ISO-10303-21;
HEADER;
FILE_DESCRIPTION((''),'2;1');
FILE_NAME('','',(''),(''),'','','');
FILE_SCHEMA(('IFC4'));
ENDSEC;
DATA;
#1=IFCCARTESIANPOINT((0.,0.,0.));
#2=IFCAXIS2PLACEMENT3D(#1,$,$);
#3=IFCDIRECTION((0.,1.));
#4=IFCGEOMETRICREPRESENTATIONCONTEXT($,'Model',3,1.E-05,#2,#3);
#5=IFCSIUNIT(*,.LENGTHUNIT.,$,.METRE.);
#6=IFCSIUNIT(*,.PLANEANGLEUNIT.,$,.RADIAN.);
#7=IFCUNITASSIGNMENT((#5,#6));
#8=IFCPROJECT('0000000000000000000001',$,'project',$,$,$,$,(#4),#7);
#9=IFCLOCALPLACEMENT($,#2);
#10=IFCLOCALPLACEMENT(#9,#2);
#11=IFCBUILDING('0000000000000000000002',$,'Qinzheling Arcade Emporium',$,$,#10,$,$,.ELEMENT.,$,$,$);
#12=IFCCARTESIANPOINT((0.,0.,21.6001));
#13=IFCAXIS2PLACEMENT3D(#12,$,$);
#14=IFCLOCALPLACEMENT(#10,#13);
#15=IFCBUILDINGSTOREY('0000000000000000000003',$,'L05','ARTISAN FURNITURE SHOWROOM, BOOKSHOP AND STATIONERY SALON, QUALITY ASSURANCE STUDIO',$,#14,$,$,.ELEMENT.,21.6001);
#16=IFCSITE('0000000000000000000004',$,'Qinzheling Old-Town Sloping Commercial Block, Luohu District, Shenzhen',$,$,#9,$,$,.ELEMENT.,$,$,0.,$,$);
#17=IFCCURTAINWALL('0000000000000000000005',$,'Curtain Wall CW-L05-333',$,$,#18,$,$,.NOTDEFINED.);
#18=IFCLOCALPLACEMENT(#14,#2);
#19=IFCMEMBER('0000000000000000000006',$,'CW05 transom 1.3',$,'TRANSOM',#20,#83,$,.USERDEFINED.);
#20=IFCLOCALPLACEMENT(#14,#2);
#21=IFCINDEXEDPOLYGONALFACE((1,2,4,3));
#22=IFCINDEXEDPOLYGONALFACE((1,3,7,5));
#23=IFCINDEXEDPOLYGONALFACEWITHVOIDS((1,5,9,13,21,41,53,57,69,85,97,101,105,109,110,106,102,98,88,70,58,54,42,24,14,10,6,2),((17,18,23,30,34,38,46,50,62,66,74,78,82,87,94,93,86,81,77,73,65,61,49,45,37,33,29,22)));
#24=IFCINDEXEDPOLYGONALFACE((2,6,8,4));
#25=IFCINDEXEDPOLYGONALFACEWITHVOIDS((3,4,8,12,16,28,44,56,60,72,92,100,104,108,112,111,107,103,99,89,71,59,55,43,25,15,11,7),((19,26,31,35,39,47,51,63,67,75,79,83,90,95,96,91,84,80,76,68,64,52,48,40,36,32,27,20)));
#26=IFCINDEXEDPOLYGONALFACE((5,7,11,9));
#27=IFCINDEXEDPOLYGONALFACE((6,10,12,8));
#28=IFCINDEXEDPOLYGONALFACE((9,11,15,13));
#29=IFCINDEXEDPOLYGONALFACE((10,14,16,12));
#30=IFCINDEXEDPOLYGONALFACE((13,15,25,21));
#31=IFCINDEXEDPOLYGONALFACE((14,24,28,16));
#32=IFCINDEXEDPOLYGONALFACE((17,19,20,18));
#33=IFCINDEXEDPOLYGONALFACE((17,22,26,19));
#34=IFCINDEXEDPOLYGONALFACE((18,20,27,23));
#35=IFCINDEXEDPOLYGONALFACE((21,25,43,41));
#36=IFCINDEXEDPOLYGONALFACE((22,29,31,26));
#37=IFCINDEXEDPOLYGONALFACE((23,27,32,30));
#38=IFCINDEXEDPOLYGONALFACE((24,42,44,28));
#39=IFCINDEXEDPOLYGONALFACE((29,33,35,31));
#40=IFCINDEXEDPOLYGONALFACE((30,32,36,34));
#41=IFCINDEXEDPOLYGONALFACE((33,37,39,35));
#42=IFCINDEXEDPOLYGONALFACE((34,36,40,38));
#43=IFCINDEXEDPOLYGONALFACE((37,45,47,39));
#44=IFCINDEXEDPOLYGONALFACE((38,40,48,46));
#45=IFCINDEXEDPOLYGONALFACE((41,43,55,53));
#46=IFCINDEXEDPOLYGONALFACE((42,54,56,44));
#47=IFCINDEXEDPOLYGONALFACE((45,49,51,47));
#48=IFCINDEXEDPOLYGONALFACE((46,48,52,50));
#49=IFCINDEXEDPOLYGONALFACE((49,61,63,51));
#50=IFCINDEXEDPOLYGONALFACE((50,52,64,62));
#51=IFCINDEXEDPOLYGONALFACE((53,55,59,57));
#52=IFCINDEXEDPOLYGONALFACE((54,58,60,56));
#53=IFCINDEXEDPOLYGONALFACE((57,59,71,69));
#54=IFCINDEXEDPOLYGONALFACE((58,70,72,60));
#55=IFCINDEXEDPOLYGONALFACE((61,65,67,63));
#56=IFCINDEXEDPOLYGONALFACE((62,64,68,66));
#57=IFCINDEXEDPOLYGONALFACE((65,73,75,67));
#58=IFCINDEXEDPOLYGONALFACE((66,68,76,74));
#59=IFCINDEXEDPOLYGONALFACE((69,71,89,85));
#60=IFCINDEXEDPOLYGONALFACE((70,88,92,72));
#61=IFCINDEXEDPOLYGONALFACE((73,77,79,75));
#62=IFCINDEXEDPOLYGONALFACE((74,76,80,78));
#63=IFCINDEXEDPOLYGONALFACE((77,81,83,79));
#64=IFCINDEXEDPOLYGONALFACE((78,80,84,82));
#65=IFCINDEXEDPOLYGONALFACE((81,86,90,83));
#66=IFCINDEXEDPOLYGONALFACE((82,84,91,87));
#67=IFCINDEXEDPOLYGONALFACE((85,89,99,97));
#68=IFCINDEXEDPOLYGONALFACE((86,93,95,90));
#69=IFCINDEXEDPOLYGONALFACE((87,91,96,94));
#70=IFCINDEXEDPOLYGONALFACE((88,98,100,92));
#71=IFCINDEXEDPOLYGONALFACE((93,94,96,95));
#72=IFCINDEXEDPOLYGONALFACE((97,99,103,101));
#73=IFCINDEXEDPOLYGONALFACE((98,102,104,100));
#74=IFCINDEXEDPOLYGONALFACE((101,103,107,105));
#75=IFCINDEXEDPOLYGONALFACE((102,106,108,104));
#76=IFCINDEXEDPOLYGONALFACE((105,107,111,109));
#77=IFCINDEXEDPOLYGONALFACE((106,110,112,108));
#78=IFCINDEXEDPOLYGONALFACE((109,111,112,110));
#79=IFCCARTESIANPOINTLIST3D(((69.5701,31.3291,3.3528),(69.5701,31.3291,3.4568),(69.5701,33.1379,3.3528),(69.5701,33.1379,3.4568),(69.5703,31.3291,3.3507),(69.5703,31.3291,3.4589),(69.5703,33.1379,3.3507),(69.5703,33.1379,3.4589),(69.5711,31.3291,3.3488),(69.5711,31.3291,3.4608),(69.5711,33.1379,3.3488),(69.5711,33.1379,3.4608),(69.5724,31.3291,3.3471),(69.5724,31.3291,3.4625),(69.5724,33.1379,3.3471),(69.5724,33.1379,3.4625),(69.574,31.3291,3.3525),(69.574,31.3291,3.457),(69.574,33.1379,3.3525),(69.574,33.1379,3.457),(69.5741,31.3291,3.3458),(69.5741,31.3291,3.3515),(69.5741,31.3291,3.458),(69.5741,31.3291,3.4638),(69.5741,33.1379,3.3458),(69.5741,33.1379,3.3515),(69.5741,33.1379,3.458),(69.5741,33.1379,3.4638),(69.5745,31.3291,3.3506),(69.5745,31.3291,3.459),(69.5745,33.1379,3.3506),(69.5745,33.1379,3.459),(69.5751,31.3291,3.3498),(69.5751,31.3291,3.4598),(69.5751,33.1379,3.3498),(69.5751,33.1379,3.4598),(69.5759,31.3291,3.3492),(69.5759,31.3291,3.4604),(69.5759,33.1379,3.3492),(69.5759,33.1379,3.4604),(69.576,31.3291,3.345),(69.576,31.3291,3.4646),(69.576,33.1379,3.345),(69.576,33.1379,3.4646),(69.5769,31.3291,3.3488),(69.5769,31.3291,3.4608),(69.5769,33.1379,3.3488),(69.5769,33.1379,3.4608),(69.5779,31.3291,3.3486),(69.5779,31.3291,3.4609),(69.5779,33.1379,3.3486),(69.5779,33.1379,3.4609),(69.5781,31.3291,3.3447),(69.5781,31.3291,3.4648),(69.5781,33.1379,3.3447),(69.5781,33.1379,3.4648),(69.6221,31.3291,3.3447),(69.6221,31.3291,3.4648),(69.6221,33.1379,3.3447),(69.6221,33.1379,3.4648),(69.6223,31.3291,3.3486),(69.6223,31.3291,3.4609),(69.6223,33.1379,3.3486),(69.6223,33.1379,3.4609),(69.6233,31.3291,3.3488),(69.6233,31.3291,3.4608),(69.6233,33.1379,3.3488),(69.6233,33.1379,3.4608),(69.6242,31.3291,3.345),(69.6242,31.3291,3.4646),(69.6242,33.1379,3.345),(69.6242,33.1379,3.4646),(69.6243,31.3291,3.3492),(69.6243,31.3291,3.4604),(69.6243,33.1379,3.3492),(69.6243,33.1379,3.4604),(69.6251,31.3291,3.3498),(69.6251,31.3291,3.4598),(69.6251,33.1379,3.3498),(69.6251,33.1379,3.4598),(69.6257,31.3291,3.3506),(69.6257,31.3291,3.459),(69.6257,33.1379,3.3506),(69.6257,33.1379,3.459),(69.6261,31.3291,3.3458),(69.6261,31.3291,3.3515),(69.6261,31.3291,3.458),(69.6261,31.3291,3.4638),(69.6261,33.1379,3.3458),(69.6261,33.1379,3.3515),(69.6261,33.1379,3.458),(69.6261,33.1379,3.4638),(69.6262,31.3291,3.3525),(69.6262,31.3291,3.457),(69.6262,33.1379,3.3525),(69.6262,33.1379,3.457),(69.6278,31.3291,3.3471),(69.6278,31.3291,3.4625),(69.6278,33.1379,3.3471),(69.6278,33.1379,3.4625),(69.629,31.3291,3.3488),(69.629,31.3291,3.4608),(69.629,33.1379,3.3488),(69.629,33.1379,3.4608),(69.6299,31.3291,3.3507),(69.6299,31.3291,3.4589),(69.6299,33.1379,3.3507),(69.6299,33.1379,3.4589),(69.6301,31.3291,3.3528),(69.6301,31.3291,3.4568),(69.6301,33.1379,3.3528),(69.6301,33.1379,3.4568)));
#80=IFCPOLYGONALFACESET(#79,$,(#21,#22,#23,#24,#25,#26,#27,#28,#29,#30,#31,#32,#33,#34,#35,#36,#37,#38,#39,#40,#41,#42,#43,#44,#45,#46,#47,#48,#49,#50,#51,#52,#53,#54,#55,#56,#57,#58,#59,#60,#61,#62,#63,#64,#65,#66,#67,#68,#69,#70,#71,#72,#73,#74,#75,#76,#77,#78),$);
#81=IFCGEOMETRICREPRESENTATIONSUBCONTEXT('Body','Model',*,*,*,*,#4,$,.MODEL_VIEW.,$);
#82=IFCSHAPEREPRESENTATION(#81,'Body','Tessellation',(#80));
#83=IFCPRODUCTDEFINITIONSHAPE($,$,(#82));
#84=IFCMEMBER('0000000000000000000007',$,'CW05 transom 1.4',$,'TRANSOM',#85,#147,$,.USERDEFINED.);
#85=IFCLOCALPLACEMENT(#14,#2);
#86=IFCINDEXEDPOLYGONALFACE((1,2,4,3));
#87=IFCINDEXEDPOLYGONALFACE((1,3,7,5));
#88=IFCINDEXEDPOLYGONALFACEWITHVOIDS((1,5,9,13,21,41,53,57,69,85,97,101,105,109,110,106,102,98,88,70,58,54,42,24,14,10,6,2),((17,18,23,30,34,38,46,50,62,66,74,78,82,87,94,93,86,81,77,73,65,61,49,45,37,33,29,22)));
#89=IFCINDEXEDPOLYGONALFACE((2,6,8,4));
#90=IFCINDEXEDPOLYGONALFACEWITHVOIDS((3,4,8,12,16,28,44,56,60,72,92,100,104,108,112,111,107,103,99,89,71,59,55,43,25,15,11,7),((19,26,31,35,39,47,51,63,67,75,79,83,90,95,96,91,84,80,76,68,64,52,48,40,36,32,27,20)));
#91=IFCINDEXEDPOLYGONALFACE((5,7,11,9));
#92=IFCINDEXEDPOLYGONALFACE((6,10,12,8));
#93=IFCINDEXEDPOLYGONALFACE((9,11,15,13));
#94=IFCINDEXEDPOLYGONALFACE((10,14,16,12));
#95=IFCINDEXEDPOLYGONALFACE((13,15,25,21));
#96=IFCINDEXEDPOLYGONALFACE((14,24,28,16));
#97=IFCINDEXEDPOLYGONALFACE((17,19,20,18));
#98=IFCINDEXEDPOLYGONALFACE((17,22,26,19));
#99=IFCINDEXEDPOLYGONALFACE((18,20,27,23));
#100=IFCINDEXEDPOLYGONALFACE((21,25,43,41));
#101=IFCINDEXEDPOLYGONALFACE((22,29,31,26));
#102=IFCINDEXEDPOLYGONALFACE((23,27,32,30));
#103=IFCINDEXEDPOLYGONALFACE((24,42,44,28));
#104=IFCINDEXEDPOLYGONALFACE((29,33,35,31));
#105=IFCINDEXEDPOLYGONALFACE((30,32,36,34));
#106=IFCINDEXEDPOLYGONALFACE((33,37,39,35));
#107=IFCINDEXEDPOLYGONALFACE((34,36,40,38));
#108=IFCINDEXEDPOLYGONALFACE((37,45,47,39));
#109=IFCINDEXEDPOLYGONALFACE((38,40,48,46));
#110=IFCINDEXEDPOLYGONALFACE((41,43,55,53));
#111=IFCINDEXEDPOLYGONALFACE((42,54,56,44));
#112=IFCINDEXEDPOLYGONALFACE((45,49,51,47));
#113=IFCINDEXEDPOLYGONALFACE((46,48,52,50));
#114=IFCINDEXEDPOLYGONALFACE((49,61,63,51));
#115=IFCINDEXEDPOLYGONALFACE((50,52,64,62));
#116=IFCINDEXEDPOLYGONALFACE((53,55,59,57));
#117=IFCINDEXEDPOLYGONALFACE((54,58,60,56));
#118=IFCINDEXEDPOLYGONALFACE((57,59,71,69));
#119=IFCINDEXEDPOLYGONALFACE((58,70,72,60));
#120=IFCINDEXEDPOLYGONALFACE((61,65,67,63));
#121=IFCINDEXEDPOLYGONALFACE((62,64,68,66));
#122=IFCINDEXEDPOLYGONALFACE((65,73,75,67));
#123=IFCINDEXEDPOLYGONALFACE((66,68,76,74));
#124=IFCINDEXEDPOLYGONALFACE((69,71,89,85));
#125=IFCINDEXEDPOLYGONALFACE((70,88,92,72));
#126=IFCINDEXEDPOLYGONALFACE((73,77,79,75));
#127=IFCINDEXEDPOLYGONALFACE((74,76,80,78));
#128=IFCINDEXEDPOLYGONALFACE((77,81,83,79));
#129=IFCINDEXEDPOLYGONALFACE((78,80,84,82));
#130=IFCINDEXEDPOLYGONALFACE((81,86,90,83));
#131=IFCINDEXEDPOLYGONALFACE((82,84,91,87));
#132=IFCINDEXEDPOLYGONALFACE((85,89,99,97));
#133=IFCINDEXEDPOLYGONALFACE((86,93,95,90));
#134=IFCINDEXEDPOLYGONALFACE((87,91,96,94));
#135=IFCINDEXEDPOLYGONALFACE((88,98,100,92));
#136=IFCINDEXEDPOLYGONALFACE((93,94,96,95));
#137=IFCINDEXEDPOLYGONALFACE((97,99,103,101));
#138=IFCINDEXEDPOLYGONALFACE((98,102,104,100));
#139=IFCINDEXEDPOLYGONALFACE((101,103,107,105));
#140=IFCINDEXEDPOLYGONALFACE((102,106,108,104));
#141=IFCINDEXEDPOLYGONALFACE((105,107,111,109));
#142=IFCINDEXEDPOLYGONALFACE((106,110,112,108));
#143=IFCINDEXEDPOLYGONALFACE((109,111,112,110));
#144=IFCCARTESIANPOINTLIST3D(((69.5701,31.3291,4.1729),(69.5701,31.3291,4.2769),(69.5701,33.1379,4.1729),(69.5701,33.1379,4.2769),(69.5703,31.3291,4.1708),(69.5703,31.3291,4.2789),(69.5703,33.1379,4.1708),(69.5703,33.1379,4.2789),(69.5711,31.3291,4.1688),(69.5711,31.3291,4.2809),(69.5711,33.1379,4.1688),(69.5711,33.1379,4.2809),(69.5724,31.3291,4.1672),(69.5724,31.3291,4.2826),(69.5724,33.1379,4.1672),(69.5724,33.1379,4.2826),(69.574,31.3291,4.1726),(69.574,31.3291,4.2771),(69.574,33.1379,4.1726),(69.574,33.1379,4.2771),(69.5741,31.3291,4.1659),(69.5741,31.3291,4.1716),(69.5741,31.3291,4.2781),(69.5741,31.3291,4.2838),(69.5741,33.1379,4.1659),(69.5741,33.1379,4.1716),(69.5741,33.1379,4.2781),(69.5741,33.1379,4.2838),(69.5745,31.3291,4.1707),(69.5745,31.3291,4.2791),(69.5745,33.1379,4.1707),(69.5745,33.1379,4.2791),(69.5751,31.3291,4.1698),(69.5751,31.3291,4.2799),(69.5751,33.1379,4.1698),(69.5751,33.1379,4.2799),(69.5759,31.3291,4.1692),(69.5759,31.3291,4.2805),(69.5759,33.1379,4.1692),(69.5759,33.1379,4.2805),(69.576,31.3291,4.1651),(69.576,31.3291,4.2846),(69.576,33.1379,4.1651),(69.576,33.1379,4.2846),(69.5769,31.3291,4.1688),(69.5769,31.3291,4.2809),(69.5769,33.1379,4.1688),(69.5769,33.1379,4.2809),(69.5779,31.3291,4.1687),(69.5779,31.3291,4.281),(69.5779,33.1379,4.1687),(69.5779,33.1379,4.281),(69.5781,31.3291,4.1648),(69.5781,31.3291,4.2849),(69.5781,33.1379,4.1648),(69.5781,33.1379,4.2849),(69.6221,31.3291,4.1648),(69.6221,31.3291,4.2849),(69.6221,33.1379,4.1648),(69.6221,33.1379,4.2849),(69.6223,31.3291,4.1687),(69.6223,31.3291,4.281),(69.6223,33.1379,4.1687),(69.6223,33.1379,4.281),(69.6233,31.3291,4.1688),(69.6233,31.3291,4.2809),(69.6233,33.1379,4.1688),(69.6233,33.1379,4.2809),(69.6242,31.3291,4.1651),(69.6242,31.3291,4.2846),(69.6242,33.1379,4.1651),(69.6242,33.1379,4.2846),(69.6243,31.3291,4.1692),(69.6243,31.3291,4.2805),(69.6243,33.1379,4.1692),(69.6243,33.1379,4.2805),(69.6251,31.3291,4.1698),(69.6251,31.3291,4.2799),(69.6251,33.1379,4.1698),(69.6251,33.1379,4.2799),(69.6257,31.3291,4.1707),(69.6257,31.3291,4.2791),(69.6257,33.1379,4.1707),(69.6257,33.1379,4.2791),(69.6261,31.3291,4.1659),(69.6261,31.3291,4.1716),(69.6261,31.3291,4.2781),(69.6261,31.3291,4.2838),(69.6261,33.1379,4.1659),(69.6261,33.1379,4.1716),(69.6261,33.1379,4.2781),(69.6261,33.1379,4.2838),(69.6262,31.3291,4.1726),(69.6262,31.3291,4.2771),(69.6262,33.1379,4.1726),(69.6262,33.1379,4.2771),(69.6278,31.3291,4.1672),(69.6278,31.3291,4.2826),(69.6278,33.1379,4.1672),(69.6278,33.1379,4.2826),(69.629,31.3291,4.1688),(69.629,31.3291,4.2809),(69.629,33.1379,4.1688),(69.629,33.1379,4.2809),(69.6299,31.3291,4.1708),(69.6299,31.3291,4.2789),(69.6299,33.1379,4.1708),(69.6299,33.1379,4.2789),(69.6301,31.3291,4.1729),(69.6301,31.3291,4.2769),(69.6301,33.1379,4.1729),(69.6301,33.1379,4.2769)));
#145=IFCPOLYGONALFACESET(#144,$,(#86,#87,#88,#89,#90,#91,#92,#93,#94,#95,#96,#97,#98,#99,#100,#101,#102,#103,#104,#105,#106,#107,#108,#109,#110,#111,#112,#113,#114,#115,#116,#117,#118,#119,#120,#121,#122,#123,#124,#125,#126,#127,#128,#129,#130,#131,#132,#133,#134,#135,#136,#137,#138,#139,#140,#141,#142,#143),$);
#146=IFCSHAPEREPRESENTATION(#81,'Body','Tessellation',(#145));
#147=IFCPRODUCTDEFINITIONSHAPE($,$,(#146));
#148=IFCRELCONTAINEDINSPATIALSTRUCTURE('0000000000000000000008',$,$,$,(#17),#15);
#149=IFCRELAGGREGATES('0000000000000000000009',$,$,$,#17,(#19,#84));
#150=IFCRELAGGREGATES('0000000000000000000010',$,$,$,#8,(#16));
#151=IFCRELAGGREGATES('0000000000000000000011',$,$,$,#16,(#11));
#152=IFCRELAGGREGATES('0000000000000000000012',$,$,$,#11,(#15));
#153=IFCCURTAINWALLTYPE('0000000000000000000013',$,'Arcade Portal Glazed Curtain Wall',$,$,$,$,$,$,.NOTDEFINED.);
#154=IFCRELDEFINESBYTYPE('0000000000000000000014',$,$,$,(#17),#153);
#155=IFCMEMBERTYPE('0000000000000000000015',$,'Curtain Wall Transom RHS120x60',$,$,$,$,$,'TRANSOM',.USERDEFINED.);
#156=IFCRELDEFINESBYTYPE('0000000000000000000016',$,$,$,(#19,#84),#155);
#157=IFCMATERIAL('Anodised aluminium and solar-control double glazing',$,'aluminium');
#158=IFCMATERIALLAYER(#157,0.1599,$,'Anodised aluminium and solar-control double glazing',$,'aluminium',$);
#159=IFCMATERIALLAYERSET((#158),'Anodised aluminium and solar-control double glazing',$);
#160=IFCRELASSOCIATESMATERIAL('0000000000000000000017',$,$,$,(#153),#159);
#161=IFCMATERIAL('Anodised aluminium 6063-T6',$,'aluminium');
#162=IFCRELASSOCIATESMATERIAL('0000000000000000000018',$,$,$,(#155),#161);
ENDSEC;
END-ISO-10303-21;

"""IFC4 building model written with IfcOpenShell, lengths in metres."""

from ifc_helpers import new_model, si_unit, direction, frame, origin, origin_2d, place, context, subcontext, project, spatial, hollow_rectangle, extrude, material, layer, layer_set, material_profile, profile_set, type_object, element, aggregate, save


model = new_model("IFC4")

# Units and contexts
model_context = context("Model", 3, precision=1e-05, world=origin(), true_north=direction((0.0, 1.0)))
body_context = subcontext(model_context, "Body", "Model", "MODEL_VIEW")
ifc_project = project(units=[si_unit("LENGTHUNIT", "METRE"), si_unit("PLANEANGLEUNIT", "RADIAN")], contexts=[model_context])

# Site, building, storey
site_placement = place(None, origin())
site = spatial("IfcSite", under=ifc_project, at=site_placement, Name="Qinzheling Old-Town Sloping Commercial Block, Luohu District, Shenzhen", CompositionType="ELEMENT", RefElevation=0.0)
building_placement = place(site_placement, origin())
building = spatial("IfcBuilding", under=site, at=building_placement, Name="Qinzheling Arcade Emporium", CompositionType="ELEMENT")
storey_placement = place(building_placement, frame((0.0, 0.0, 21.6001)))
storey = spatial("IfcBuildingStorey", under=building, at=storey_placement, Name="L05", Description="ARTISAN FURNITURE SHOWROOM, BOOKSHOP AND STATIONERY SALON, QUALITY ASSURANCE STUDIO", CompositionType="ELEMENT", Elevation=21.6001)

# Curtain wall, members
ifc_material_1 = material(Name="Anodised aluminium and solar-control double glazing", Category="aluminium")
ifc_layer_1 = layer(ifc_material_1, 0.1599, Name="Anodised aluminium and solar-control double glazing", Category="aluminium")
ifc_layer_set_1 = layer_set([ifc_layer_1], Name="Anodised aluminium and solar-control double glazing")
curtain_wall_type = type_object("IfcCurtainWallType", Name="Arcade Portal Glazed Curtain Wall", PredefinedType="NOTDEFINED", material=ifc_layer_set_1)
curtain_wall_placement = place(storey_placement, origin())
curtain_wall = element("IfcCurtainWall", 1, at=curtain_wall_placement, inside=storey, type_object=curtain_wall_type, Name="Curtain Wall CW-L05-333", PredefinedType="NOTDEFINED")
ifc_material_2 = material(Name="Anodised aluminium 6063-T6", Category="aluminium")
ifc_material_profile_1 = material_profile(ifc_material_2, hollow_rectangle(XDim=0.0601, YDim=0.1201, WallThickness=0.0039, InnerFilletRadius=0.0039, OuterFilletRadius=0.0081, at=origin_2d()), Name="RHS 120x60x4", Category="aluminium")
ifc_profile_set_1 = profile_set([ifc_material_profile_1], Name="Anodised aluminium 6063-T6")
member_type_1 = type_object("IfcMemberType", Name="Curtain Wall Transom RHS120x60", ElementType="TRANSOM", PredefinedType="USERDEFINED", material=ifc_profile_set_1)
member_1_placement = place(storey_placement, frame((69.6001, 33.1379, 3.4048), z_axis=(0.0, -1.0, 0.0), x_axis=(1.0, 0.0, 0.0)))
member_1 = element("IfcMember", 2, at=member_1_placement, type_object=member_type_1, Name="CW05 transom 1.3", ObjectType="TRANSOM", PredefinedType="USERDEFINED", context=body_context, shape_type="SweptSolid", body=[
    extrude(hollow_rectangle(XDim=0.0601, YDim=0.1201, WallThickness=0.0039, InnerFilletRadius=0.0039, OuterFilletRadius=0.0081, at=origin_2d()), origin(), (0.0, 0.0, 1.0), 1.8088),
])
member_2_placement = place(storey_placement, frame((69.6001, 33.1379, 4.2249), z_axis=(0.0, -1.0, 0.0), x_axis=(1.0, 0.0, 0.0)))
member_2 = element("IfcMember", 3, at=member_2_placement, type_object=member_type_1, Name="CW05 transom 1.4", ObjectType="TRANSOM", PredefinedType="USERDEFINED", context=body_context, shape_type="SweptSolid", body=[
    extrude(hollow_rectangle(XDim=0.0601, YDim=0.1201, WallThickness=0.0039, InnerFilletRadius=0.0039, OuterFilletRadius=0.0081, at=origin_2d()), origin(), (0.0, 0.0, 1.0), 1.8088),
])

aggregate(curtain_wall, [member_1, member_2])

save(model, "model.ifc")
